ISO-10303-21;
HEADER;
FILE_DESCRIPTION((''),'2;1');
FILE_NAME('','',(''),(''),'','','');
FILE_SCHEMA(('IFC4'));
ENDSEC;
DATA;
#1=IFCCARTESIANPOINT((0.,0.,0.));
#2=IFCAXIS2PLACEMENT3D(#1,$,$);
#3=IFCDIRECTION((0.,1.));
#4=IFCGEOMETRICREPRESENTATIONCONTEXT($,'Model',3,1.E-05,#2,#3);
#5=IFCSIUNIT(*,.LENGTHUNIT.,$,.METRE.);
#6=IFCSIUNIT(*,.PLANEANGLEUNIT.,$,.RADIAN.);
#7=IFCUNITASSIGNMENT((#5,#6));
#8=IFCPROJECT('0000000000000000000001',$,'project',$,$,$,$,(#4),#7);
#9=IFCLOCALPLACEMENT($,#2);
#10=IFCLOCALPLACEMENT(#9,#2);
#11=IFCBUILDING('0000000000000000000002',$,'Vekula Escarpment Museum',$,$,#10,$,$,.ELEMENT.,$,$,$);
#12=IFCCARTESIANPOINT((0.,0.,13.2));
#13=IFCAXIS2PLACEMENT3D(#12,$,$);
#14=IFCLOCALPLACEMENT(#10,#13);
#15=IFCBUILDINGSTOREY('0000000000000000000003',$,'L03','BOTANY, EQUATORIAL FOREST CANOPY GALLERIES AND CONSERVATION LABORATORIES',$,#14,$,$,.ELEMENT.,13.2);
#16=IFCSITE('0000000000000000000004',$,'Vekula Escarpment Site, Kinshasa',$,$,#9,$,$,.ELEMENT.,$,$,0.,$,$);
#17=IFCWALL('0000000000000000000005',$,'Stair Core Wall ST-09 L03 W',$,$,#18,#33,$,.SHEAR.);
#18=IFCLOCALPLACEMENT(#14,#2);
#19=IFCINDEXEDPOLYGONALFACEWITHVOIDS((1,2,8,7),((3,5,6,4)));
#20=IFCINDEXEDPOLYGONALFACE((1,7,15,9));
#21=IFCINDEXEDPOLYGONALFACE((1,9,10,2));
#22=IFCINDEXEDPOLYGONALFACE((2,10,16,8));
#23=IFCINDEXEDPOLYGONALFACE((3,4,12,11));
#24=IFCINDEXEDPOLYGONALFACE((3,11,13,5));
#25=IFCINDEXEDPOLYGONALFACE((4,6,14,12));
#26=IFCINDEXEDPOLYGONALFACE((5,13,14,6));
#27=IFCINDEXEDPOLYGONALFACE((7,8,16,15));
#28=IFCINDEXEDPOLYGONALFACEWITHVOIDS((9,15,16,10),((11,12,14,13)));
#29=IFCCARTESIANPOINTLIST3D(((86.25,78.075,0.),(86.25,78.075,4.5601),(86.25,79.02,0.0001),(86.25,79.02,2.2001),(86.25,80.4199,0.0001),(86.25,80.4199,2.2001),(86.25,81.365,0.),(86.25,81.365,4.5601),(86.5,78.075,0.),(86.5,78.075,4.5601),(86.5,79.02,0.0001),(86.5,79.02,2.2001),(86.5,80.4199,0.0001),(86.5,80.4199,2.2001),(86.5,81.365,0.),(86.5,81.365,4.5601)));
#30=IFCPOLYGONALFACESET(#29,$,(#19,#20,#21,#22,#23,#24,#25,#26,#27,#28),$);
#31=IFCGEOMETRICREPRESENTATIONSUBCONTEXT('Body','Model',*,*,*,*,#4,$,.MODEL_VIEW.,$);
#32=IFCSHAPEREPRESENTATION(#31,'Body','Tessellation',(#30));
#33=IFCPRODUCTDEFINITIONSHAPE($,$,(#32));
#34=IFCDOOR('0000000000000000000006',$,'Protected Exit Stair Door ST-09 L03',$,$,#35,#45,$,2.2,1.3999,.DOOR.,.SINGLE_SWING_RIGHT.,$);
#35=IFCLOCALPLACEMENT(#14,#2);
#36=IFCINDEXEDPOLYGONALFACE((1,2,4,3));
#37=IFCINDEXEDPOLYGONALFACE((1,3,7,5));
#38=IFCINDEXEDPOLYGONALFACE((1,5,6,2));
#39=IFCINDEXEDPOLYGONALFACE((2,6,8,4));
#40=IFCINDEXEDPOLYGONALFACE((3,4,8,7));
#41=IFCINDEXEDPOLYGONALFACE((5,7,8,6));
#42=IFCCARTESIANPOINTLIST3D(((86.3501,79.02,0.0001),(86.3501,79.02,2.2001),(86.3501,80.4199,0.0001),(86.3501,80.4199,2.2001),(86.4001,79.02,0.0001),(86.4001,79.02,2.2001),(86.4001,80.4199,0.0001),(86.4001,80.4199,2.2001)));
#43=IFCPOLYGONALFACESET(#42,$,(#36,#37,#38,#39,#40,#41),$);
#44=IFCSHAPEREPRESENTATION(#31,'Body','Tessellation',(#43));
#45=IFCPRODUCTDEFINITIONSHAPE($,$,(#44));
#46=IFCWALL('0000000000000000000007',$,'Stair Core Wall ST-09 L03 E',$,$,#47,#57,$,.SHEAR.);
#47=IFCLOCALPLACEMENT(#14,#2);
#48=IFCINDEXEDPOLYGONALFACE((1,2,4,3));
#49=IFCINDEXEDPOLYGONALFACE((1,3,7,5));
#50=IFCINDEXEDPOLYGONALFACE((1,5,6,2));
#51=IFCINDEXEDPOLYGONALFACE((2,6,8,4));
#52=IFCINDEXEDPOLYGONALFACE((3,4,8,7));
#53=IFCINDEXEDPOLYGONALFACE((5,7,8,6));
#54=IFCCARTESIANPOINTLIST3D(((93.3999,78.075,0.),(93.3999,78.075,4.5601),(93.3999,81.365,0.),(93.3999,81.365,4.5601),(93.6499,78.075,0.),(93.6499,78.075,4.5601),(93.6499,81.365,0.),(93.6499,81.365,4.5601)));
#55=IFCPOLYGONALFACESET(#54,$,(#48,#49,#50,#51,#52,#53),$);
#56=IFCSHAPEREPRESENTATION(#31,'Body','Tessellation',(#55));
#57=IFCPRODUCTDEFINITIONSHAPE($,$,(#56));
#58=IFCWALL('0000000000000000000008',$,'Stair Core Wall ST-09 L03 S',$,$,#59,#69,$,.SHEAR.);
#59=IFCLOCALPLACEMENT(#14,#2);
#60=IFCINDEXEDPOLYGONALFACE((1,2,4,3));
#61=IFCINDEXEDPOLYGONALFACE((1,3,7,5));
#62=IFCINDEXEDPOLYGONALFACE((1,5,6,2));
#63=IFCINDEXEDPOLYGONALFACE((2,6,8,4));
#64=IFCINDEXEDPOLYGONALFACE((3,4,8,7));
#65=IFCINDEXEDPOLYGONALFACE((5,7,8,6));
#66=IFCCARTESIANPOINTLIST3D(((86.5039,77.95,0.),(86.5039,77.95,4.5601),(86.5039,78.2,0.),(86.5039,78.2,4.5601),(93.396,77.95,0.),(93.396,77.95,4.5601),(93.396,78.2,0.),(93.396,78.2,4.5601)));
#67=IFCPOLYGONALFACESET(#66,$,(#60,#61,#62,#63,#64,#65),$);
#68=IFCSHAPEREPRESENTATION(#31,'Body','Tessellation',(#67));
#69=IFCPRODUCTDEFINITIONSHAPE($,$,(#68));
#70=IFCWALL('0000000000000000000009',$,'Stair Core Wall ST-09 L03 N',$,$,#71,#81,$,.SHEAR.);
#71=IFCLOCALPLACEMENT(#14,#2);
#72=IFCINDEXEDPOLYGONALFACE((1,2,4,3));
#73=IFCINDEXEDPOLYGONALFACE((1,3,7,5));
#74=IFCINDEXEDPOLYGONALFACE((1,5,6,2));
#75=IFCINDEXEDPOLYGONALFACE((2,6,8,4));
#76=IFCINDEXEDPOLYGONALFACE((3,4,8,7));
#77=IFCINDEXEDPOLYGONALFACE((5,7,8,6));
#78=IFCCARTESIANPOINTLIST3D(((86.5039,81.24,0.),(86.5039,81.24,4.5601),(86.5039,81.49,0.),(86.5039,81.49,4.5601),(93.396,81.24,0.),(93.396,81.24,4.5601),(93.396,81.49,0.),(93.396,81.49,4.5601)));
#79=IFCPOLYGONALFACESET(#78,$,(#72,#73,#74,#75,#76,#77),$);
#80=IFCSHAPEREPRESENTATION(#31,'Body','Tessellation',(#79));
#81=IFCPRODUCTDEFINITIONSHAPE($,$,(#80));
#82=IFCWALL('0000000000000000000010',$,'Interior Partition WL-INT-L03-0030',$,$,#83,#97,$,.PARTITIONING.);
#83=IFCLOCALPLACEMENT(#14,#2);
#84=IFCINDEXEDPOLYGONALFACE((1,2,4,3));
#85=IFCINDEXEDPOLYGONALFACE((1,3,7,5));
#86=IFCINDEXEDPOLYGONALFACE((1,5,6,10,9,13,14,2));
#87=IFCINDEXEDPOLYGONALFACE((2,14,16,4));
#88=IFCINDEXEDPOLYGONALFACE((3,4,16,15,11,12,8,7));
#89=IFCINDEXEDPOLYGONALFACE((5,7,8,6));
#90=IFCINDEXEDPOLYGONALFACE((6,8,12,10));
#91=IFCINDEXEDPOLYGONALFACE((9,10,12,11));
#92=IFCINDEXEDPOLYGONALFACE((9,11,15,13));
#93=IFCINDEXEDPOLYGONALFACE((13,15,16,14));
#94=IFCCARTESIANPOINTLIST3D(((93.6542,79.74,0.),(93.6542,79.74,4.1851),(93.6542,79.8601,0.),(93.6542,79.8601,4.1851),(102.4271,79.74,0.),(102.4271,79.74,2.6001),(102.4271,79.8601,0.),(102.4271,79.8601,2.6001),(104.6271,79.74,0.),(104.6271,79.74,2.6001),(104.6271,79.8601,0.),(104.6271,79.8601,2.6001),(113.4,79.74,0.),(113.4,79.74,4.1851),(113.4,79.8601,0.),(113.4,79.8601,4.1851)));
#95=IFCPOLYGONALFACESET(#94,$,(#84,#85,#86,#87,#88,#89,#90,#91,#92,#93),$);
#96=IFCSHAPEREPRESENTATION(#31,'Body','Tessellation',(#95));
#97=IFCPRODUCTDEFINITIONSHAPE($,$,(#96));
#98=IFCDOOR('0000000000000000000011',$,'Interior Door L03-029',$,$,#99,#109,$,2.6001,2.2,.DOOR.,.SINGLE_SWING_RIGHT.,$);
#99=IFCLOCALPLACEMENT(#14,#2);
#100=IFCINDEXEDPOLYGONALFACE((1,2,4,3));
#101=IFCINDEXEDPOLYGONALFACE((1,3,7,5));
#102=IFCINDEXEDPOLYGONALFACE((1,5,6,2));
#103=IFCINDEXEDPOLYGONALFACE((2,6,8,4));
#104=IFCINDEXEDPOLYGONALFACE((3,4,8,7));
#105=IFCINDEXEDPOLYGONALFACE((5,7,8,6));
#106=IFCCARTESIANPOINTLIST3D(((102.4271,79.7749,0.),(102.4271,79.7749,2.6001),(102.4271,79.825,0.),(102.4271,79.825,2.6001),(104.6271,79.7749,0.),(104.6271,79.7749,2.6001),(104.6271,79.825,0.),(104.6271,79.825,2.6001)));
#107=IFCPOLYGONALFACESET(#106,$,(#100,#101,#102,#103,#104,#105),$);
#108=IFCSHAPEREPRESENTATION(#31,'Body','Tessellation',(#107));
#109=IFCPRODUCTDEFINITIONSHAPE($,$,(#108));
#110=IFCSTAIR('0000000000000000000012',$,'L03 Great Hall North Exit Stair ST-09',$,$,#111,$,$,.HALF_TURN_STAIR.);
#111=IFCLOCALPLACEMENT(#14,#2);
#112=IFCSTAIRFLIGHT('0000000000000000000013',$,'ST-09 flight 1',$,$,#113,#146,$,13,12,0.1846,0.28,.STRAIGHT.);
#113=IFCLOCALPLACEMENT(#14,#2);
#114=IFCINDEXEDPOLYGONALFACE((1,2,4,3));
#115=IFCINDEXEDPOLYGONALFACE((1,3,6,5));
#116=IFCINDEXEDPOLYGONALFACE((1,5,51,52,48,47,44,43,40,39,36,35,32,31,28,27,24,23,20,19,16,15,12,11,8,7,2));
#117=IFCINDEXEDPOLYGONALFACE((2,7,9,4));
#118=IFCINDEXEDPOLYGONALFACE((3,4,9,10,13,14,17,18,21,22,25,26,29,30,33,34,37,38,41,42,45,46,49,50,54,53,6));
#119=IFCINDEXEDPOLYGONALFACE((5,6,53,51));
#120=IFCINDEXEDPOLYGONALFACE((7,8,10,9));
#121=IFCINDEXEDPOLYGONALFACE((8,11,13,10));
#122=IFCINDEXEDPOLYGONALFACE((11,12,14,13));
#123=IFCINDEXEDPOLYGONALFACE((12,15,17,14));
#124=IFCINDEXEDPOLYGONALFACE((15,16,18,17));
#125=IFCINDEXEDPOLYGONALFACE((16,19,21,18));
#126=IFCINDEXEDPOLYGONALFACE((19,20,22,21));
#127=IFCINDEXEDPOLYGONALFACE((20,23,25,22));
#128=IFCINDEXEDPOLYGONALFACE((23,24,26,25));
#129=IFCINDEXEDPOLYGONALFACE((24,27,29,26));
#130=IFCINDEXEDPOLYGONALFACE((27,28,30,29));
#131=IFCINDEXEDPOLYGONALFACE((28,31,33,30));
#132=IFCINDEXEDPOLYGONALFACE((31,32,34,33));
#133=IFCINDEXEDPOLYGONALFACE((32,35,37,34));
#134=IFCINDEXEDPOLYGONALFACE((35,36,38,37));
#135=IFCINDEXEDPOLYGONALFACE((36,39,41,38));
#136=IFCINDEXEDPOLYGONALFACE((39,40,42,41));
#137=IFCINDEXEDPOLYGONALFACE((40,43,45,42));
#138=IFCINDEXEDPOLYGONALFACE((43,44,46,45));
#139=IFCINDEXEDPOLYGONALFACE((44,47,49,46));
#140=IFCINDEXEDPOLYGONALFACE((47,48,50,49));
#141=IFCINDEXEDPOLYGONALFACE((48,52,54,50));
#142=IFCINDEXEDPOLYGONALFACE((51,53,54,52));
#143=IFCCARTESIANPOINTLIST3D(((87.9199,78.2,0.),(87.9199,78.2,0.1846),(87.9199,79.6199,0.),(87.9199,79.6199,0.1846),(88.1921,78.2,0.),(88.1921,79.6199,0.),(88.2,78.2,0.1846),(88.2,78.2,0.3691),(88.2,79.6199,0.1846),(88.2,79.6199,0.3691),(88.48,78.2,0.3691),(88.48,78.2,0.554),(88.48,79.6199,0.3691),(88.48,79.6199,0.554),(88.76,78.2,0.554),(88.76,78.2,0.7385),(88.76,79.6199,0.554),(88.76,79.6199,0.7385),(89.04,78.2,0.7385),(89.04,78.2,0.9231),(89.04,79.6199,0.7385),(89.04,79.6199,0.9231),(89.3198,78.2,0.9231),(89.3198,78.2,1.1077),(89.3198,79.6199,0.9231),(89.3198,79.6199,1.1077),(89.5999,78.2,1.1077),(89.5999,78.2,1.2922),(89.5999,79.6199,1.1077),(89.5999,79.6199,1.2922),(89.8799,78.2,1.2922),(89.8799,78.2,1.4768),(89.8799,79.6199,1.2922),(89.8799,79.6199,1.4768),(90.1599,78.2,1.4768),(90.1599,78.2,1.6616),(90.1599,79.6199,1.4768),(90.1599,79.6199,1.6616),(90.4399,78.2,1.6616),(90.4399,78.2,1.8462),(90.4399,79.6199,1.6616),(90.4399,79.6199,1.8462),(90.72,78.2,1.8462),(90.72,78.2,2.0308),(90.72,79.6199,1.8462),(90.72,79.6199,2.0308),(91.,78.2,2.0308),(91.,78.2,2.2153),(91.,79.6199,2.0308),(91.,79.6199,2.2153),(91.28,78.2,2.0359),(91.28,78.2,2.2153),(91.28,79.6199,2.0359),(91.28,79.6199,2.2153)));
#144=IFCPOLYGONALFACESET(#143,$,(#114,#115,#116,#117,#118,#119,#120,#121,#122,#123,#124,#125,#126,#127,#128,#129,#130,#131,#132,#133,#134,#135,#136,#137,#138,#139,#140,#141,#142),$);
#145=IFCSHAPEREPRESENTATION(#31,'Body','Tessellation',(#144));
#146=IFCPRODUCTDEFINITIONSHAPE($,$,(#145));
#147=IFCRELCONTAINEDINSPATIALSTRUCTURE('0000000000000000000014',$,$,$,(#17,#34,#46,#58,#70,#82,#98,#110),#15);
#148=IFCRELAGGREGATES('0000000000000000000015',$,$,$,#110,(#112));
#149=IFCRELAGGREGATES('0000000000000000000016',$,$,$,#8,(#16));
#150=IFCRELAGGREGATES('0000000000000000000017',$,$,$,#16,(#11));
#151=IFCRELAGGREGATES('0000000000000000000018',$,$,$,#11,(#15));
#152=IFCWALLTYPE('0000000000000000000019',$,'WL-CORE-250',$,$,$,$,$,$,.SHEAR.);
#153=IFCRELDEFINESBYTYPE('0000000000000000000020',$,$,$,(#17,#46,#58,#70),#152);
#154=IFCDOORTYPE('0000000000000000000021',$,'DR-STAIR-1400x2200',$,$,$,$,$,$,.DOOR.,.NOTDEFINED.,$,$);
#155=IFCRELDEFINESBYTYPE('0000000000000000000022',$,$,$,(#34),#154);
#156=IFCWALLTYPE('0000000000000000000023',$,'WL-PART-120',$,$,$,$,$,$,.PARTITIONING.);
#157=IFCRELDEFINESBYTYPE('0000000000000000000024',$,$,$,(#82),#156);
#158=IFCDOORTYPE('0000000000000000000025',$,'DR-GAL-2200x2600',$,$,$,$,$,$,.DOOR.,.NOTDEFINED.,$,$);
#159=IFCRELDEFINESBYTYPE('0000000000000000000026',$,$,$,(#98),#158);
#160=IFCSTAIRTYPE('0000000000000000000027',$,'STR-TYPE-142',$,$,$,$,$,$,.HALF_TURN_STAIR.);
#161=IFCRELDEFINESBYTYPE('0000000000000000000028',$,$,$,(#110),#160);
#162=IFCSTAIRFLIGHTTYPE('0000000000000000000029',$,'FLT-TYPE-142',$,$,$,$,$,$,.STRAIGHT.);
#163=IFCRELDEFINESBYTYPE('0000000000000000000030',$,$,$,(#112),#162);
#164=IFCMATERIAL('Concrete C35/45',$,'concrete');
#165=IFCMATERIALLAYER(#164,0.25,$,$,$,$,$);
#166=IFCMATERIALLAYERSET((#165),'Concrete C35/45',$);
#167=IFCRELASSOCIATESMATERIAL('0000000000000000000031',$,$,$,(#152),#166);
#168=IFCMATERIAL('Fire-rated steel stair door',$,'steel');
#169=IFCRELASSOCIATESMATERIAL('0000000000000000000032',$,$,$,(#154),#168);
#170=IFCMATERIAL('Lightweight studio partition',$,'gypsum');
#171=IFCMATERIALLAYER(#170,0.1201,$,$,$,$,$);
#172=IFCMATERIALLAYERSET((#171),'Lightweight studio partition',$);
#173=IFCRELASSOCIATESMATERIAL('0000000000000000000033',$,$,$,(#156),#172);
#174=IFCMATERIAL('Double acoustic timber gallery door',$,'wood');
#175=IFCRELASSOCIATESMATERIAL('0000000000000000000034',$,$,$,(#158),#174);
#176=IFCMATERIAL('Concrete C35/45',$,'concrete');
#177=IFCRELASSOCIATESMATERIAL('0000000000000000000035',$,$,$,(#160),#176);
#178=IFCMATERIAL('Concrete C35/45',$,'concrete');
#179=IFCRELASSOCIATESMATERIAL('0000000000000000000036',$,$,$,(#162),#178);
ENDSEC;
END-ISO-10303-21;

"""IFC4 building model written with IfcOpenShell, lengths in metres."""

from ifc_helpers import new_model, si_unit, direction, frame, frame_2d, origin, place, context, subcontext, project, spatial, polyline, rectangle, outline, extrude, material, layer, layer_set, type_object, element, fill, aggregate, save


model = new_model("IFC4")

# Units and contexts
model_context = context("Model", 3, precision=1e-05, world=origin(), true_north=direction((0.0, 1.0)))
body_context = subcontext(model_context, "Body", "Model", "MODEL_VIEW")
ifc_project = project(units=[si_unit("LENGTHUNIT", "METRE"), si_unit("PLANEANGLEUNIT", "RADIAN")], contexts=[model_context])

# Site, building, storey
site_placement = place(None, origin())
site = spatial("IfcSite", under=ifc_project, at=site_placement, Name="Vekula Escarpment Site, Kinshasa", CompositionType="ELEMENT", RefElevation=0.0)
building_placement = place(site_placement, origin())
building = spatial("IfcBuilding", under=site, at=building_placement, Name="Vekula Escarpment Museum", CompositionType="ELEMENT")
storey_placement = place(building_placement, frame((0.0, 0.0, 13.2)))
storey = spatial("IfcBuildingStorey", under=building, at=storey_placement, Name="L03", Description="BOTANY, EQUATORIAL FOREST CANOPY GALLERIES AND CONSERVATION LABORATORIES", CompositionType="ELEMENT", Elevation=13.2)

# Wall, opening, door
ifc_material_1 = material(Name="Concrete C35/45", Category="concrete")
ifc_layer_1 = layer(ifc_material_1, 0.25)
ifc_layer_set_1 = layer_set([ifc_layer_1], Name="Concrete C35/45")
wall_type_1 = type_object("IfcWallType", Name="WL-CORE-250", PredefinedType="SHEAR", material=ifc_layer_set_1)
wall_1_placement = place(storey_placement, frame((86.375, 78.075, 0.0), z_axis=(0.0, 0.0, 1.0), x_axis=(0.0, 1.0, 0.0)))
wall_1 = element("IfcWall", 1, at=wall_1_placement, inside=storey, type_object=wall_type_1, Name="Stair Core Wall ST-09 L03 W", PredefinedType="SHEAR", context=body_context, shape_type="SweptSolid", body=[
    extrude(rectangle(XDim=3.29, YDim=0.25, at=frame_2d((1.645, 0.0))), origin(), (0.0, 0.0, 1.0), 4.5601),
])
opening_1_placement = place(wall_1_placement, frame((0.9451, 0.0, 0.0)))
opening_1 = element("IfcOpeningElement", 2, at=opening_1_placement, cuts=wall_1, PredefinedType="OPENING", context=body_context, shape_type="SweptSolid", body=[
    extrude(rectangle(XDim=1.3999, YDim=2.2, at=frame_2d((0.7, 1.1001))), frame((0.0, 0.135, 0.0), z_axis=(0.0, -1.0, 0.0), x_axis=(1.0, 0.0, 0.0)), (0.0, 0.0, 1.0), 0.27),
])
ifc_material_2 = material(Name="Fire-rated steel stair door", Category="steel")
door_type_1 = type_object("IfcDoorType", Name="DR-STAIR-1400x2200", OperationType="NOTDEFINED", PredefinedType="DOOR", material=ifc_material_2)
door_1_placement = place(opening_1_placement, origin())
door_1 = element("IfcDoor", 3, at=door_1_placement, inside=storey, type_object=door_type_1, Name="Protected Exit Stair Door ST-09 L03", OperationType="SINGLE_SWING_RIGHT", OverallHeight=2.2, OverallWidth=1.3999, PredefinedType="DOOR", context=body_context, shape_type="SweptSolid", body=[
    extrude(rectangle(XDim=1.3999, YDim=2.2, at=frame_2d((0.7, 1.1001))), frame((0.0, 0.0249, 0.0), z_axis=(0.0, -1.0, 0.0), x_axis=(1.0, 0.0, 0.0)), (0.0, 0.0, 1.0), 0.05),
])
fill(opening_1, door_1)

# Walls
wall_2_placement = place(storey_placement, frame((93.5249, 78.075, 0.0), z_axis=(0.0, 0.0, 1.0), x_axis=(0.0, 1.0, 0.0)))
element("IfcWall", 4, at=wall_2_placement, inside=storey, type_object=wall_type_1, Name="Stair Core Wall ST-09 L03 E", PredefinedType="SHEAR", context=body_context, shape_type="SweptSolid", body=[
    extrude(rectangle(XDim=3.29, YDim=0.25, at=frame_2d((1.645, 0.0))), origin(), (0.0, 0.0, 1.0), 4.5601),
])
for number, where, z_axis, x_axis, name in (
    (5, (86.5039, 78.075, 0.0), (0.0, 0.0, 1.0), (1.0, 0.0, 0.0), "Stair Core Wall ST-09 L03 S"),
    (6, (86.5039, 81.365, 0.0), (0.0, 0.0, 1.0), (1.0, 0.0, 0.0), "Stair Core Wall ST-09 L03 N"),
):
    element("IfcWall", number, at=place(storey_placement, frame(where, z_axis=z_axis, x_axis=x_axis)), inside=storey, type_object=wall_type_1, Name=name, PredefinedType="SHEAR", context=body_context, shape_type="SweptSolid", body=[
        extrude(rectangle(XDim=6.8921, YDim=0.25, at=frame_2d((3.446, 0.0))), origin(), (0.0, 0.0, 1.0), 4.5601),
    ])

# Wall, opening, door
ifc_material_3 = material(Name="Lightweight studio partition", Category="gypsum")
ifc_layer_2 = layer(ifc_material_3, 0.1201)
ifc_layer_set_2 = layer_set([ifc_layer_2], Name="Lightweight studio partition")
wall_type_2 = type_object("IfcWallType", Name="WL-PART-120", PredefinedType="PARTITIONING", material=ifc_layer_set_2)
wall_3_placement = place(storey_placement, frame((93.6541, 79.8, 0.0), z_axis=(0.0, 0.0, 1.0), x_axis=(1.0, 0.0, 0.0)))
wall_3 = element("IfcWall", 7, at=wall_3_placement, inside=storey, type_object=wall_type_2, Name="Interior Partition WL-INT-L03-0030", PredefinedType="PARTITIONING", context=body_context, shape_type="SweptSolid", body=[
    extrude(rectangle(XDim=19.7458, YDim=0.1201, at=frame_2d((9.873, 0.0))), origin(), (0.0, 0.0, 1.0), 4.1851),
])
opening_2_placement = place(wall_3_placement, frame((8.7729, 0.0, 0.0)))
opening_2 = element("IfcOpeningElement", 8, at=opening_2_placement, cuts=wall_3, PredefinedType="OPENING", context=body_context, shape_type="SweptSolid", body=[
    extrude(rectangle(XDim=2.2, YDim=2.6001, at=frame_2d((1.1001, 1.3))), frame((0.0, 0.0701, 0.0), z_axis=(0.0, -1.0, 0.0), x_axis=(1.0, 0.0, 0.0)), (0.0, 0.0, 1.0), 0.1401),
])
ifc_material_4 = material(Name="Double acoustic timber gallery door", Category="wood")
door_type_2 = type_object("IfcDoorType", Name="DR-GAL-2200x2600", OperationType="NOTDEFINED", PredefinedType="DOOR", material=ifc_material_4)
door_2_placement = place(opening_2_placement, origin())
door_2 = element("IfcDoor", 9, at=door_2_placement, inside=storey, type_object=door_type_2, Name="Interior Door L03-029", OperationType="SINGLE_SWING_RIGHT", OverallHeight=2.6001, OverallWidth=2.2, PredefinedType="DOOR", context=body_context, shape_type="SweptSolid", body=[
    extrude(rectangle(XDim=2.2, YDim=2.6001, at=frame_2d((1.1001, 1.3))), frame((0.0, 0.0249, 0.0), z_axis=(0.0, -1.0, 0.0), x_axis=(1.0, 0.0, 0.0)), (0.0, 0.0, 1.0), 0.05),
])
fill(opening_2, door_2)

# Stair, stair flight
ifc_material_5 = material(Name="Concrete C35/45", Category="concrete")
stair_type = type_object("IfcStairType", Name="STR-TYPE-142", PredefinedType="HALF_TURN_STAIR", material=ifc_material_5)
stair_placement = place(storey_placement, origin())
stair = element("IfcStair", 10, at=stair_placement, inside=storey, type_object=stair_type, Name="L03 Great Hall North Exit Stair ST-09", PredefinedType="HALF_TURN_STAIR")
ifc_material_6 = material(Name="Concrete C35/45", Category="concrete")
stair_flight_type = type_object("IfcStairFlightType", Name="FLT-TYPE-142", PredefinedType="STRAIGHT", material=ifc_material_6)
stair_flight_1_placement = place(storey_placement, frame((87.9199, 78.9099, 0.0), z_axis=(0.0, 0.0, 1.0), x_axis=(1.0, 0.0, 0.0)))
stair_flight_1 = element("IfcStairFlight", 11, at=stair_flight_1_placement, type_object=stair_flight_type, Name="ST-09 flight 1", NumberOfRisers=13, NumberOfTreads=12, PredefinedType="STRAIGHT", RiserHeight=0.1846, TreadLength=0.28, context=body_context, shape_type="SweptSolid", body=[
    extrude(outline(polyline([(0.0, 0.0), (0.0, 0.1846), (0.28, 0.1846), (0.28, 0.3691), (0.5601, 0.3691), (0.5601, 0.554), (0.8401, 0.554), (0.8401, 0.7385), (1.1201, 0.7385), (1.1201, 0.9231), (1.3999, 0.9231), (1.3999, 1.1077), (1.6799, 1.1077), (1.6799, 1.2922), (1.96, 1.2922), (1.96, 1.4768), (2.24, 1.4768), (2.24, 1.6616), (2.52, 1.6616), (2.52, 1.8462), (2.8, 1.8462), (2.8, 2.0308), (3.0801, 2.0308), (3.0801, 2.2153), (3.3601, 2.2153), (3.3601, 2.3999), (3.3601, 2.0359), (0.2722, 0.0), (0.0, 0.0)])), frame((0.0, 0.71, 0.0), z_axis=(0.0, -1.0, 0.0), x_axis=(1.0, 0.0, 0.0)), (0.0, 0.0, 1.0), 1.4199),
])
aggregate(stair, [stair_flight_1])

save(model, "model.ifc")
